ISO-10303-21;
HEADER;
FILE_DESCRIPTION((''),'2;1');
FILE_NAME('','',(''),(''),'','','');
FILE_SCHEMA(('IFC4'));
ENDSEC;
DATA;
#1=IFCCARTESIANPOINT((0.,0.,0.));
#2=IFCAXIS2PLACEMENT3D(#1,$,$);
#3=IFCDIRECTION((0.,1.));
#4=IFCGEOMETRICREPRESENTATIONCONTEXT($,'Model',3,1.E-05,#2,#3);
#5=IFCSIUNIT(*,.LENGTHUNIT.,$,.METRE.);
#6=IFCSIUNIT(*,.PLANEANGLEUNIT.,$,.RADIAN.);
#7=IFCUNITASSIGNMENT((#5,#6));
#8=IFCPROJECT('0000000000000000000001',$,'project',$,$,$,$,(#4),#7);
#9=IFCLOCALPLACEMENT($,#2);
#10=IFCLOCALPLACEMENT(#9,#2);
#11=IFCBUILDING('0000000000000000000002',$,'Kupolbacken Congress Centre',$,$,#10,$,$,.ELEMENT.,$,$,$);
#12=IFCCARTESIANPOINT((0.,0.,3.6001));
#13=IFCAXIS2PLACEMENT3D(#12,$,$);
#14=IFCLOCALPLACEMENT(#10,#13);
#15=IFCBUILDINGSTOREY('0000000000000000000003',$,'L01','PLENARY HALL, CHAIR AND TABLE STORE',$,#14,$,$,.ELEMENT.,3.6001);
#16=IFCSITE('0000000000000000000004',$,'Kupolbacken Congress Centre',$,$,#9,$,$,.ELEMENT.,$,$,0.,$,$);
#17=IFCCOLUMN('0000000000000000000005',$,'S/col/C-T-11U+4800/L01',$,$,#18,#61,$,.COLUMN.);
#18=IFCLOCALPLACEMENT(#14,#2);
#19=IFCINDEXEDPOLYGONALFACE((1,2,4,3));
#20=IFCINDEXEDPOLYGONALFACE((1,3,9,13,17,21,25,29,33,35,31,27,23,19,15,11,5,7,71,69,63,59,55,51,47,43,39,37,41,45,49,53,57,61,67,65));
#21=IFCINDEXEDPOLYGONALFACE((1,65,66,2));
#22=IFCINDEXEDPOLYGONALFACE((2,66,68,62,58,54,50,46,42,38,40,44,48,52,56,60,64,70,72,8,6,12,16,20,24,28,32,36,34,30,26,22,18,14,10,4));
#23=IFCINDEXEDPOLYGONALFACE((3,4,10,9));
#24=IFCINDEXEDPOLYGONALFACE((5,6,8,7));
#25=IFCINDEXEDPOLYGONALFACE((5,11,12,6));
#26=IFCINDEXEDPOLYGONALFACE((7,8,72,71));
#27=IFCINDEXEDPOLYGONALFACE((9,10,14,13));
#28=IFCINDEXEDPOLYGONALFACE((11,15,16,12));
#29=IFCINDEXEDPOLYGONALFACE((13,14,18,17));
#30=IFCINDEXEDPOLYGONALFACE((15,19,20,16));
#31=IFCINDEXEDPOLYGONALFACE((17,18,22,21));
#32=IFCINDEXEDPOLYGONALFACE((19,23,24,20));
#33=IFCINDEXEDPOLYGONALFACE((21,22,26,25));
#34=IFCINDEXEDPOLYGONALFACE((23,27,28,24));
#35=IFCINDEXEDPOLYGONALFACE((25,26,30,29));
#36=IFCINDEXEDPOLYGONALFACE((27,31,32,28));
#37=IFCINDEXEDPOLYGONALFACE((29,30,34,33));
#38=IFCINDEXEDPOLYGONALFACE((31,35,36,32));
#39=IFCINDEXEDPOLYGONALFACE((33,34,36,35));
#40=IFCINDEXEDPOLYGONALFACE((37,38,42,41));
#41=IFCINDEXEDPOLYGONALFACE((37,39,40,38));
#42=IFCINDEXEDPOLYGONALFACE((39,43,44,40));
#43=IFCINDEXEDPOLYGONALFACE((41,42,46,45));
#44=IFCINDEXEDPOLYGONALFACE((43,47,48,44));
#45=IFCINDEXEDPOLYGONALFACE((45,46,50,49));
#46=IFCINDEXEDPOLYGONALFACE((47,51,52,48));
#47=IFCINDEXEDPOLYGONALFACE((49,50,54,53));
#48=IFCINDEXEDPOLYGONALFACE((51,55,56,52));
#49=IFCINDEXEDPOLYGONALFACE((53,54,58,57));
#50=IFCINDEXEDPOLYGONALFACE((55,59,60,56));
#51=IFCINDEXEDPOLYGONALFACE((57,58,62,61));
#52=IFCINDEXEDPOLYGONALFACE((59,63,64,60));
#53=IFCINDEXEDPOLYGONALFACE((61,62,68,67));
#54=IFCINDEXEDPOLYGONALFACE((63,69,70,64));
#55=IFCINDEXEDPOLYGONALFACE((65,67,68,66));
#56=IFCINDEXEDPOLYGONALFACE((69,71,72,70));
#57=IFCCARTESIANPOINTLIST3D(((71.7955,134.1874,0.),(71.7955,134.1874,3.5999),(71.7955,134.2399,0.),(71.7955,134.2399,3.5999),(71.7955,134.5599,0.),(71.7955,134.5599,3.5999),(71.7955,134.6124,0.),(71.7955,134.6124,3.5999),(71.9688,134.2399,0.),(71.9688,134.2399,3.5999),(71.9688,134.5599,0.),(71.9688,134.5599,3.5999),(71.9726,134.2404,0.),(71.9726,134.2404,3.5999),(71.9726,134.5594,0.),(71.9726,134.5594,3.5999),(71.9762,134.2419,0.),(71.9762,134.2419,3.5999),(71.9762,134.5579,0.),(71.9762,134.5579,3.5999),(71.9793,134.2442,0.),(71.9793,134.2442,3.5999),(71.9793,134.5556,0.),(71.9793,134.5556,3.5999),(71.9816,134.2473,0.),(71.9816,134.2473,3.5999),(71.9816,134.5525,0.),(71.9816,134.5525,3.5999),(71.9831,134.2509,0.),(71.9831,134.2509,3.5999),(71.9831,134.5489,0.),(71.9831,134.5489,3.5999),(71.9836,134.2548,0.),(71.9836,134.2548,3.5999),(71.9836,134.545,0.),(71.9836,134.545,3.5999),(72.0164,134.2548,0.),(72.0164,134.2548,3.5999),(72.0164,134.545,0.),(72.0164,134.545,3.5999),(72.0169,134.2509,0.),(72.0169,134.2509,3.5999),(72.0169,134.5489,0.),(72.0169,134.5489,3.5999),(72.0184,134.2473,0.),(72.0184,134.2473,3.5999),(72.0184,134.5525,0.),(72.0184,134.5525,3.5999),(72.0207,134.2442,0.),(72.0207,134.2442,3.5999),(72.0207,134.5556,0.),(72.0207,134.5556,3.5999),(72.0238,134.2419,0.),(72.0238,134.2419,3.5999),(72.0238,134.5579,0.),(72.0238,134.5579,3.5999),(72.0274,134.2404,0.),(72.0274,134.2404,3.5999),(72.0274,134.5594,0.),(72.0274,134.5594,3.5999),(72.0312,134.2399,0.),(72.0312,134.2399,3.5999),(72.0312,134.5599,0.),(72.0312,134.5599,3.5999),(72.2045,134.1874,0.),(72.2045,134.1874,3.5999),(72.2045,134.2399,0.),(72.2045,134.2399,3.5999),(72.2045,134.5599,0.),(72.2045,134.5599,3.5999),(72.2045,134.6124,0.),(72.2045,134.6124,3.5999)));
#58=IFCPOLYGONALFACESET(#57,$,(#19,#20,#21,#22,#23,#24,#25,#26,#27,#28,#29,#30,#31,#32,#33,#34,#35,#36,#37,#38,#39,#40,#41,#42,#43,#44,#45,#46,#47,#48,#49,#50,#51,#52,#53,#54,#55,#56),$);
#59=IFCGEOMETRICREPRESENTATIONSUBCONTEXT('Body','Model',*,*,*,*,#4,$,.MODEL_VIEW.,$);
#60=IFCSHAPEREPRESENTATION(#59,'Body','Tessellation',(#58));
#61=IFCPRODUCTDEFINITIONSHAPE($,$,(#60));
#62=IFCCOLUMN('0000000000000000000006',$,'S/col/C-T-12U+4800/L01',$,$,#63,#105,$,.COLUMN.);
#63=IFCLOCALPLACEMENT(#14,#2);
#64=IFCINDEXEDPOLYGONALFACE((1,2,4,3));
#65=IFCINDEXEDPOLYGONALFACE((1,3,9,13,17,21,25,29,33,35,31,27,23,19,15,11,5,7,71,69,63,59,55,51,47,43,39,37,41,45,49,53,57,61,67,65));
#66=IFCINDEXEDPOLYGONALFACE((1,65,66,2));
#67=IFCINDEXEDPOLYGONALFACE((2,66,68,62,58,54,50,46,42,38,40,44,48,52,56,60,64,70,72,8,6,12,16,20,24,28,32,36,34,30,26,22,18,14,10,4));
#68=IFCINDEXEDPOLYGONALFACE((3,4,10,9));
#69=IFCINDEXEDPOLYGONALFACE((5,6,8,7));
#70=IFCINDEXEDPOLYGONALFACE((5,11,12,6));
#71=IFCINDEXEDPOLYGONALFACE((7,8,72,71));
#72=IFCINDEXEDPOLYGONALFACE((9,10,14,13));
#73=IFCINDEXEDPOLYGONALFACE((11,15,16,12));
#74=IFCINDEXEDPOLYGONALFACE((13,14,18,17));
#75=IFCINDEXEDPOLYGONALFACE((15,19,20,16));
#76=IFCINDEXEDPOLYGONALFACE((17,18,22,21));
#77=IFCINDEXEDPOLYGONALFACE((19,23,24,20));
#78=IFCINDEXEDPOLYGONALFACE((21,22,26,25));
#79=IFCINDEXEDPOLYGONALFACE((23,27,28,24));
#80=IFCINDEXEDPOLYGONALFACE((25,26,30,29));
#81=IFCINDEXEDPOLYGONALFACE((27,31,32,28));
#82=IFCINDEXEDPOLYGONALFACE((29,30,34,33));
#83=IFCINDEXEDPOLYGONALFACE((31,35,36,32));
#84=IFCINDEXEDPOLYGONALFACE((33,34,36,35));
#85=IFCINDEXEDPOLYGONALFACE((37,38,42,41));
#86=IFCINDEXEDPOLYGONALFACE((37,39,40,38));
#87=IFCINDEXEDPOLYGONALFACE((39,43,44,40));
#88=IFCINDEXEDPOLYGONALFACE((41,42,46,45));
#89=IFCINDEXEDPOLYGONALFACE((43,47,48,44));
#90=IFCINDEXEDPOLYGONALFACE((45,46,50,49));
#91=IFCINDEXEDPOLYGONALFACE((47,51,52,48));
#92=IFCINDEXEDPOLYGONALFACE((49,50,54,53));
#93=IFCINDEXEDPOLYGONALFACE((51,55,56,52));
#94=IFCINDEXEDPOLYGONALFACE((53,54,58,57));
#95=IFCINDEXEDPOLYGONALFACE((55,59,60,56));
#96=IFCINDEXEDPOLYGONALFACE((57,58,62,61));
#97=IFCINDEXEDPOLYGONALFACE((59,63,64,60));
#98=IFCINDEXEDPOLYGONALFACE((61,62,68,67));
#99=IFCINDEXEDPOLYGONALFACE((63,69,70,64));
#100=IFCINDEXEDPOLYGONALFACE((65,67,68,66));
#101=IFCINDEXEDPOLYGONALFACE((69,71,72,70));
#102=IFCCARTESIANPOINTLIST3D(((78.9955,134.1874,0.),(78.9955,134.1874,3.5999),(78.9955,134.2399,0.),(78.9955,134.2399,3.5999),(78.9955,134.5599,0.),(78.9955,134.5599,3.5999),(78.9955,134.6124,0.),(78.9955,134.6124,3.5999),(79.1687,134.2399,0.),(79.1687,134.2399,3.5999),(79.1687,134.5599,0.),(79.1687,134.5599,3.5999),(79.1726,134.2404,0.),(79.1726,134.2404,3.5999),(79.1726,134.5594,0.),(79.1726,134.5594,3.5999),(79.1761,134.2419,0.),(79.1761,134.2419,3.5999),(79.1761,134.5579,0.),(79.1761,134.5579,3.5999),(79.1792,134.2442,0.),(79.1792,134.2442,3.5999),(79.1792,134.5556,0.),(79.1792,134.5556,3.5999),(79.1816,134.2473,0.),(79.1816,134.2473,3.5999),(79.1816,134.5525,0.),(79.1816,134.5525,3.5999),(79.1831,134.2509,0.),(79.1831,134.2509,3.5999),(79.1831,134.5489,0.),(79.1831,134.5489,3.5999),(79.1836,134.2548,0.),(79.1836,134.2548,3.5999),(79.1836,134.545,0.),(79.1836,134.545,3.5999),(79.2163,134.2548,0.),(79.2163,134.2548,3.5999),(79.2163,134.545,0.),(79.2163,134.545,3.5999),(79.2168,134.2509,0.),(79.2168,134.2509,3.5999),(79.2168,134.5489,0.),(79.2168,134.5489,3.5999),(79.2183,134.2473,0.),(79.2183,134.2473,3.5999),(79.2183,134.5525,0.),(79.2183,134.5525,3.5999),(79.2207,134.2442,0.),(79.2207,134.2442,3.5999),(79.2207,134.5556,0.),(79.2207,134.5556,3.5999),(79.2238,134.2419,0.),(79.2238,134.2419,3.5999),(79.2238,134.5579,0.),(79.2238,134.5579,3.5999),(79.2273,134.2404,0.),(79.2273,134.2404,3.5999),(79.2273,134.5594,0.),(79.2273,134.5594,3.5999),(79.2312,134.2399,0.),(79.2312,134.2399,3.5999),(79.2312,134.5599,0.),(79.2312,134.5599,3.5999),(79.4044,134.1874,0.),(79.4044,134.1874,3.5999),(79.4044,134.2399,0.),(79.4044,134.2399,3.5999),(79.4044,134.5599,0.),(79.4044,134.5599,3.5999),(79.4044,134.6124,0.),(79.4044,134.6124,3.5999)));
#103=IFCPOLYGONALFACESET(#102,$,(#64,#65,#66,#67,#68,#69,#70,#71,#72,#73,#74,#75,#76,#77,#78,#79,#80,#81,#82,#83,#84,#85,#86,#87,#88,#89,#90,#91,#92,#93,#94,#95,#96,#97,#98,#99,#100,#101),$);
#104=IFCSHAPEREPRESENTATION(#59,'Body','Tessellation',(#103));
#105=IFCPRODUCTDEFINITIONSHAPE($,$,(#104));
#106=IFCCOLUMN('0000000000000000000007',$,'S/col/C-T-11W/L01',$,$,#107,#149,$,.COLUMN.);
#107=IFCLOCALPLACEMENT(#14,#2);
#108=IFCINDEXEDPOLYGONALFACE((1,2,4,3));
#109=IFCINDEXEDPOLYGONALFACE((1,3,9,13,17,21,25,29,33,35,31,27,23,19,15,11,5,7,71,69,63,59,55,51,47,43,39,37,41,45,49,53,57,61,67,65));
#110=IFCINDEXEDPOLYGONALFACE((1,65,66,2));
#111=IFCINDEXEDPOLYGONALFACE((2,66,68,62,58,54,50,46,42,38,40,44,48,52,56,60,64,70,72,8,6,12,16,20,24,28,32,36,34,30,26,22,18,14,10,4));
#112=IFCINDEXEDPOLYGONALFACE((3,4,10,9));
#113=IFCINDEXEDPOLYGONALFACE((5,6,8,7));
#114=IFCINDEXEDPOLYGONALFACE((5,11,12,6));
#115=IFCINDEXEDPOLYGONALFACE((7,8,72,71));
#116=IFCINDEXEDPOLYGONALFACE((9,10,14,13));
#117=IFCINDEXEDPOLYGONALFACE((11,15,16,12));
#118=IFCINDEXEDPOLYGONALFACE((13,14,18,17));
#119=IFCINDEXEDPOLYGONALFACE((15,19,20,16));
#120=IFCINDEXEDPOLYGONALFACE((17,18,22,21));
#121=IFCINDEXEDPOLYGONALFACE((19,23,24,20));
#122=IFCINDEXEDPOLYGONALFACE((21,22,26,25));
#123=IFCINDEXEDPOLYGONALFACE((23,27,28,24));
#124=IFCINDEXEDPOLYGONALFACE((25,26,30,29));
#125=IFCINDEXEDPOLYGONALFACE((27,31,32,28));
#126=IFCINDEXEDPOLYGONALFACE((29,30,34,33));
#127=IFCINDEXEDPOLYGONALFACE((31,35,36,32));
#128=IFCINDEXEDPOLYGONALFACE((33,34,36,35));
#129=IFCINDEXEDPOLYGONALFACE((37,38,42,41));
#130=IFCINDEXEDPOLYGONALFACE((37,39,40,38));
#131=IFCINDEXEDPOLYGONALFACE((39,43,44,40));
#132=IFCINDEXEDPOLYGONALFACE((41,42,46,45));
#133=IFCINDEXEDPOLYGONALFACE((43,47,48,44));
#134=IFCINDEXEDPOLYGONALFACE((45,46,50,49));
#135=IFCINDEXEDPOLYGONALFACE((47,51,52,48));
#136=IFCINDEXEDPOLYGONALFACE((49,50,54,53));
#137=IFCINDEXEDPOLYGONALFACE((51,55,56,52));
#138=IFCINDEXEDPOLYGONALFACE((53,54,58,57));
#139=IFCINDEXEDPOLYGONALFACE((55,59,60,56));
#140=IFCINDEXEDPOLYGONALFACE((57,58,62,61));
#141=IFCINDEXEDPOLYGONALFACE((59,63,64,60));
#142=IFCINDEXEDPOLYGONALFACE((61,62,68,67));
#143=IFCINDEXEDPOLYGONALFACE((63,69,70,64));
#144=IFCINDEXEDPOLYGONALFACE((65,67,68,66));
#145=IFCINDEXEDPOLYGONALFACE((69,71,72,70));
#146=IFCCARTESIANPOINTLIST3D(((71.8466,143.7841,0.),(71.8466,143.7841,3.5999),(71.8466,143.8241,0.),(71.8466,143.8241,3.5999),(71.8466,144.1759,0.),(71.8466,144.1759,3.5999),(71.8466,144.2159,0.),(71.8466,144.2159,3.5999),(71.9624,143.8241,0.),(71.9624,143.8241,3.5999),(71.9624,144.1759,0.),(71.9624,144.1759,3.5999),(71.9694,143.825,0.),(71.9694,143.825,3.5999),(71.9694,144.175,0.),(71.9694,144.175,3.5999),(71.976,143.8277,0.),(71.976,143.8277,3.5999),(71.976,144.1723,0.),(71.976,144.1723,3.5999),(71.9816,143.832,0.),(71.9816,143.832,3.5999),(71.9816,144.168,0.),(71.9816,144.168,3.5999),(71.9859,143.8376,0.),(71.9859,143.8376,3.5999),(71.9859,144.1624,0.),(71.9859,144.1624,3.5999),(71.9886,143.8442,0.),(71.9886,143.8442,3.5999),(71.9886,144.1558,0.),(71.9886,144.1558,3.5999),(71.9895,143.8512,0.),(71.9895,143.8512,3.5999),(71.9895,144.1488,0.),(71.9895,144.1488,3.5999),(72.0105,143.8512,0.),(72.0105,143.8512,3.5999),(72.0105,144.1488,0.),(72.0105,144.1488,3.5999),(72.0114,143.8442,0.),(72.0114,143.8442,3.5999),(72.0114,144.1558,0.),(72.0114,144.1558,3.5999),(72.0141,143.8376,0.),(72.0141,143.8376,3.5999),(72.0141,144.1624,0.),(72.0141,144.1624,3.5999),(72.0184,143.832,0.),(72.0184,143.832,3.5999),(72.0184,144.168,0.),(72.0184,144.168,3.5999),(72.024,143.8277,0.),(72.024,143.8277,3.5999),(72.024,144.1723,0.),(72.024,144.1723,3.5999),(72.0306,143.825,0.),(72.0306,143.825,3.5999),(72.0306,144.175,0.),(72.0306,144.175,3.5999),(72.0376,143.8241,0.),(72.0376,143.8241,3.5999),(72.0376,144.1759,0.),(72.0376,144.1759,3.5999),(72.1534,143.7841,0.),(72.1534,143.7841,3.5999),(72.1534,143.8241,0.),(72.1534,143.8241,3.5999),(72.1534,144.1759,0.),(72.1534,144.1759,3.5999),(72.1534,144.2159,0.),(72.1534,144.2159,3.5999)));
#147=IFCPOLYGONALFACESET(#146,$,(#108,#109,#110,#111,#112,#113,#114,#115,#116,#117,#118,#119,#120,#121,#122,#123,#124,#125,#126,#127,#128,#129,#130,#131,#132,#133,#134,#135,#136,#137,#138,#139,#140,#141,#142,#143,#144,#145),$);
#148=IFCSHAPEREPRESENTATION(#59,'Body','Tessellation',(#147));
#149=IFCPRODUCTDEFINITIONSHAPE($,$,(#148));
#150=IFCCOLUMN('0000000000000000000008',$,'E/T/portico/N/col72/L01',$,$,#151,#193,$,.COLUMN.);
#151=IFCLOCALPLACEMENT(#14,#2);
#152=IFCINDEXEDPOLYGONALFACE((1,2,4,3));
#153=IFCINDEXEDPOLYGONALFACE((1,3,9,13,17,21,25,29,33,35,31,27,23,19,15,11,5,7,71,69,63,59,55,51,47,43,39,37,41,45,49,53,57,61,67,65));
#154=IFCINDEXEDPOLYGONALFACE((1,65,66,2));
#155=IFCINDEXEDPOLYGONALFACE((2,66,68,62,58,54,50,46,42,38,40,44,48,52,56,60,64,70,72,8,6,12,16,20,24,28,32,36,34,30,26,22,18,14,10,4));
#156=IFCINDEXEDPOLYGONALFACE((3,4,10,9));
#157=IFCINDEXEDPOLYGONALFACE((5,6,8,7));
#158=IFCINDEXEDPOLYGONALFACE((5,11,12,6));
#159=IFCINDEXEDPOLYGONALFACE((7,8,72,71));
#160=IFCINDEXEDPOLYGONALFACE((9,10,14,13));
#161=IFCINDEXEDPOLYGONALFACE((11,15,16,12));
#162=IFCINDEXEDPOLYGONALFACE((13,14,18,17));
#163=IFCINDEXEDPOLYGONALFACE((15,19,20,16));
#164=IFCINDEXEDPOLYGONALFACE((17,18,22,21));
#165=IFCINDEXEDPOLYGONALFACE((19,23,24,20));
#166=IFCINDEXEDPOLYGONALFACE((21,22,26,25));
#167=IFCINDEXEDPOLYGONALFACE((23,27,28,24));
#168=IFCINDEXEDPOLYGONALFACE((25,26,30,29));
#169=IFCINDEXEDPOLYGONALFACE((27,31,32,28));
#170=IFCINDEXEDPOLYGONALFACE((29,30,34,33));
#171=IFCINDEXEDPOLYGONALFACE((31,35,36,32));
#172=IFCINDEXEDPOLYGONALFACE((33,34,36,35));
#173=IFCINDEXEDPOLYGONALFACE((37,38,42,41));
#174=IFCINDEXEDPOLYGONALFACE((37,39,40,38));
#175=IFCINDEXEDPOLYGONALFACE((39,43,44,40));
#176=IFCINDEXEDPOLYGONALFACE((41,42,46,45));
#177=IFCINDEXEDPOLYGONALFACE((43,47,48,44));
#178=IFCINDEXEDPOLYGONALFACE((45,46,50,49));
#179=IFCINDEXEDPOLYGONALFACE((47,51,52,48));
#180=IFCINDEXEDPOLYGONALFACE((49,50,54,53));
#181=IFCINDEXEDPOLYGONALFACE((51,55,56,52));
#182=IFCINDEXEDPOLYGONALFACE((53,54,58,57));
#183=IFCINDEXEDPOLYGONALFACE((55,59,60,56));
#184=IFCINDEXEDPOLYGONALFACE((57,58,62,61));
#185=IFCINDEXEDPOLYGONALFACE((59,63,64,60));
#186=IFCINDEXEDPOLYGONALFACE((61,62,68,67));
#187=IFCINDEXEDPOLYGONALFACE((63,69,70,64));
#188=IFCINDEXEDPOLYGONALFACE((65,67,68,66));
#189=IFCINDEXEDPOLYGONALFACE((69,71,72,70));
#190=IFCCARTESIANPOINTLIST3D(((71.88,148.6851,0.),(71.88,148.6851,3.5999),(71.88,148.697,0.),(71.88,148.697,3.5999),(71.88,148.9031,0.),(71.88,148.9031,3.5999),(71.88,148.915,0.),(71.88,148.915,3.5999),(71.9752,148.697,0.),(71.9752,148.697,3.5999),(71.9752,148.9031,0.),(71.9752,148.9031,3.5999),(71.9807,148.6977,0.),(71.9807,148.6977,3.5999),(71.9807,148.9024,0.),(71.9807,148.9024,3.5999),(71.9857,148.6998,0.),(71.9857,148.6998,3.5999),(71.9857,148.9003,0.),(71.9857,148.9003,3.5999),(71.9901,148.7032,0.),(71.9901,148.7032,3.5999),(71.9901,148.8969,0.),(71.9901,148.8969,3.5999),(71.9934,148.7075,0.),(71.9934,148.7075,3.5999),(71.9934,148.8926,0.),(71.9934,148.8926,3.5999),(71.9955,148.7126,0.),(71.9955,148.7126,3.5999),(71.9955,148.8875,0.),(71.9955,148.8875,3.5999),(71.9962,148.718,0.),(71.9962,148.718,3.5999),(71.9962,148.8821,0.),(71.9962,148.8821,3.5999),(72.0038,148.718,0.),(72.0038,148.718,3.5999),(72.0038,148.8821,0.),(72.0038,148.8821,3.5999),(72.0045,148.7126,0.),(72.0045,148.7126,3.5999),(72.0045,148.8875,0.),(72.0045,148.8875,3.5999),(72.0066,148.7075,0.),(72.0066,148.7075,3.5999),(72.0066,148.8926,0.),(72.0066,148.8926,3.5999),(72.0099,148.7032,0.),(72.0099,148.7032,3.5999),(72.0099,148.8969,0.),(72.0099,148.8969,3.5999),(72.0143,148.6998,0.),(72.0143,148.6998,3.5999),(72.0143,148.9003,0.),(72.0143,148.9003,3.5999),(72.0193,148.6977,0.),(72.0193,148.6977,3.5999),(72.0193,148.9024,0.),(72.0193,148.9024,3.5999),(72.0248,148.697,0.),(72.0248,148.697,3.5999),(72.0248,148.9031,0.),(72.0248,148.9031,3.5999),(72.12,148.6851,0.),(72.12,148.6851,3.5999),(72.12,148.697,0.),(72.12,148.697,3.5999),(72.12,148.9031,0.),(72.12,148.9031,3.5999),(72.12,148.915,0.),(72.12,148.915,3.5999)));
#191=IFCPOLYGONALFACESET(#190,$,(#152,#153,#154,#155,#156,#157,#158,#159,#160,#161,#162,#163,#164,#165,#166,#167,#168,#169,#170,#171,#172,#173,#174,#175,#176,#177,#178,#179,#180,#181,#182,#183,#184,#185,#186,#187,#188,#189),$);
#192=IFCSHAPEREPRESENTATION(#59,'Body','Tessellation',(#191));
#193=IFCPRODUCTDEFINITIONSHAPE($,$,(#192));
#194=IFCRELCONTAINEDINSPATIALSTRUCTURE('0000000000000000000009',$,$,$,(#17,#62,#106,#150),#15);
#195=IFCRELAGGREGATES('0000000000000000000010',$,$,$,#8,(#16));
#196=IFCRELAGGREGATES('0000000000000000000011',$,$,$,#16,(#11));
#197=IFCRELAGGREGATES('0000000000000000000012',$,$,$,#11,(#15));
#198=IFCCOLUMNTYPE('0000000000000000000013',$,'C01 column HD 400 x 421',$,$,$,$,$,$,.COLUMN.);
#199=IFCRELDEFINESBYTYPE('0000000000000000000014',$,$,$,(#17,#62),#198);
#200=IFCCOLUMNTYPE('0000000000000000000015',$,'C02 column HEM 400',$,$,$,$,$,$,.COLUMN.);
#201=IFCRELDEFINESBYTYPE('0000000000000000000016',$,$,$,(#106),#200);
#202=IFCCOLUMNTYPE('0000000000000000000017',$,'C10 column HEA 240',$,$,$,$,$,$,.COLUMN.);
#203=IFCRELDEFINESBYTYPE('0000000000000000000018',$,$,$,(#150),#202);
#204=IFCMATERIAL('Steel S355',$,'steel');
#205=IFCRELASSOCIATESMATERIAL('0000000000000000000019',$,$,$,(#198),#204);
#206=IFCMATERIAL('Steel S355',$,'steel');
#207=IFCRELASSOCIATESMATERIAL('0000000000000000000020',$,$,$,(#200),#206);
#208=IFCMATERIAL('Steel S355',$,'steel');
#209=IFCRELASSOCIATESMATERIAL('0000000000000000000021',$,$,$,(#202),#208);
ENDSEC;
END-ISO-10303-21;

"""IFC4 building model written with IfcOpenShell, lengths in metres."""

from ifc_helpers import new_model, si_unit, direction, frame, origin, origin_2d, place, context, subcontext, project, spatial, i_section, extrude, material, material_profile, profile_set, type_object, element, save


model = new_model("IFC4")

# Units and contexts
model_context = context("Model", 3, precision=1e-05, world=origin(), true_north=direction((0.0, 1.0)))
body_context = subcontext(model_context, "Body", "Model", "MODEL_VIEW")
ifc_project = project(units=[si_unit("LENGTHUNIT", "METRE"), si_unit("PLANEANGLEUNIT", "RADIAN")], contexts=[model_context])

# Site, building, storey
site_placement = place(None, origin())
site = spatial("IfcSite", under=ifc_project, at=site_placement, Name="Kupolbacken Congress Centre", CompositionType="ELEMENT", RefElevation=0.0)
building_placement = place(site_placement, origin())
building = spatial("IfcBuilding", under=site, at=building_placement, Name="Kupolbacken Congress Centre", CompositionType="ELEMENT")
storey_placement = place(building_placement, frame((0.0, 0.0, 3.6001)))
storey = spatial("IfcBuildingStorey", under=building, at=storey_placement, Name="L01", Description="PLENARY HALL, CHAIR AND TABLE STORE", CompositionType="ELEMENT", Elevation=3.6001)

# Columns
ifc_material_1 = material(Name="Steel S355", Category="steel")
ifc_material_profile_1 = material_profile(ifc_material_1, i_section(OverallWidth=0.4089, OverallDepth=0.425, WebThickness=0.0327, FlangeThickness=0.0525, FilletRadius=0.0149, at=origin_2d()), Name="HD 400 x 421")
ifc_profile_set_1 = profile_set([ifc_material_profile_1], Name="Steel S355")
column_type_1 = type_object("IfcColumnType", Name="C01 column HD 400 x 421", PredefinedType="COLUMN", material=ifc_profile_set_1)
for number, where, z_axis, x_axis, name in (
    (1, (72.0, 134.3999, 0.0), (0.0, 0.0, 1.0), (1.0, 0.0, 0.0), "S/col/C-T-11U+4800/L01"),
    (2, (79.2, 134.3999, 0.0), (0.0, 0.0, 1.0), (1.0, 0.0, 0.0), "S/col/C-T-12U+4800/L01"),
):
    element("IfcColumn", number, at=place(storey_placement, frame(where, z_axis=z_axis, x_axis=x_axis)), inside=storey, type_object=column_type_1, Name=name, PredefinedType="COLUMN", context=body_context, shape_type="SweptSolid", body=[
        extrude(i_section(OverallWidth=0.4089, OverallDepth=0.425, WebThickness=0.0327, FlangeThickness=0.0525, FilletRadius=0.0149, at=origin_2d()), origin(), (0.0, 0.0, 1.0), 3.5999),
    ])
ifc_material_2 = material(Name="Steel S355", Category="steel")
ifc_material_profile_2 = material_profile(ifc_material_2, i_section(OverallWidth=0.3069, OverallDepth=0.4319, WebThickness=0.021, FlangeThickness=0.04, FilletRadius=0.0271, at=origin_2d()), Name="HEM 400")
ifc_profile_set_2 = profile_set([ifc_material_profile_2], Name="Steel S355")
column_type_2 = type_object("IfcColumnType", Name="C02 column HEM 400", PredefinedType="COLUMN", material=ifc_profile_set_2)
column_1_placement = place(storey_placement, frame((72.0, 144.0, 0.0), z_axis=(0.0, 0.0, 1.0), x_axis=(1.0, 0.0, 0.0)))
element("IfcColumn", 3, at=column_1_placement, inside=storey, type_object=column_type_2, Name="S/col/C-T-11W/L01", PredefinedType="COLUMN", context=body_context, shape_type="SweptSolid", body=[
    extrude(i_section(OverallWidth=0.3069, OverallDepth=0.4319, WebThickness=0.021, FlangeThickness=0.04, FilletRadius=0.0271, at=origin_2d()), origin(), (0.0, 0.0, 1.0), 3.5999),
])
ifc_material_3 = material(Name="Steel S355", Category="steel")
ifc_material_profile_3 = material_profile(ifc_material_3, i_section(OverallWidth=0.24, OverallDepth=0.23, WebThickness=0.0076, FlangeThickness=0.012, FilletRadius=0.021, at=origin_2d()), Name="HEA 240")
ifc_profile_set_3 = profile_set([ifc_material_profile_3], Name="Steel S355")
column_type_3 = type_object("IfcColumnType", Name="C10 column HEA 240", PredefinedType="COLUMN", material=ifc_profile_set_3)
column_2_placement = place(storey_placement, frame((72.0, 148.8, 0.0), z_axis=(0.0, 0.0, 1.0), x_axis=(1.0, 0.0, 0.0)))
element("IfcColumn", 4, at=column_2_placement, inside=storey, type_object=column_type_3, Name="E/T/portico/N/col72/L01", PredefinedType="COLUMN", context=body_context, shape_type="SweptSolid", body=[
    extrude(i_section(OverallWidth=0.24, OverallDepth=0.23, WebThickness=0.0076, FlangeThickness=0.012, FilletRadius=0.021, at=origin_2d()), origin(), (0.0, 0.0, 1.0), 3.5999),
])

save(model, "model.ifc")
